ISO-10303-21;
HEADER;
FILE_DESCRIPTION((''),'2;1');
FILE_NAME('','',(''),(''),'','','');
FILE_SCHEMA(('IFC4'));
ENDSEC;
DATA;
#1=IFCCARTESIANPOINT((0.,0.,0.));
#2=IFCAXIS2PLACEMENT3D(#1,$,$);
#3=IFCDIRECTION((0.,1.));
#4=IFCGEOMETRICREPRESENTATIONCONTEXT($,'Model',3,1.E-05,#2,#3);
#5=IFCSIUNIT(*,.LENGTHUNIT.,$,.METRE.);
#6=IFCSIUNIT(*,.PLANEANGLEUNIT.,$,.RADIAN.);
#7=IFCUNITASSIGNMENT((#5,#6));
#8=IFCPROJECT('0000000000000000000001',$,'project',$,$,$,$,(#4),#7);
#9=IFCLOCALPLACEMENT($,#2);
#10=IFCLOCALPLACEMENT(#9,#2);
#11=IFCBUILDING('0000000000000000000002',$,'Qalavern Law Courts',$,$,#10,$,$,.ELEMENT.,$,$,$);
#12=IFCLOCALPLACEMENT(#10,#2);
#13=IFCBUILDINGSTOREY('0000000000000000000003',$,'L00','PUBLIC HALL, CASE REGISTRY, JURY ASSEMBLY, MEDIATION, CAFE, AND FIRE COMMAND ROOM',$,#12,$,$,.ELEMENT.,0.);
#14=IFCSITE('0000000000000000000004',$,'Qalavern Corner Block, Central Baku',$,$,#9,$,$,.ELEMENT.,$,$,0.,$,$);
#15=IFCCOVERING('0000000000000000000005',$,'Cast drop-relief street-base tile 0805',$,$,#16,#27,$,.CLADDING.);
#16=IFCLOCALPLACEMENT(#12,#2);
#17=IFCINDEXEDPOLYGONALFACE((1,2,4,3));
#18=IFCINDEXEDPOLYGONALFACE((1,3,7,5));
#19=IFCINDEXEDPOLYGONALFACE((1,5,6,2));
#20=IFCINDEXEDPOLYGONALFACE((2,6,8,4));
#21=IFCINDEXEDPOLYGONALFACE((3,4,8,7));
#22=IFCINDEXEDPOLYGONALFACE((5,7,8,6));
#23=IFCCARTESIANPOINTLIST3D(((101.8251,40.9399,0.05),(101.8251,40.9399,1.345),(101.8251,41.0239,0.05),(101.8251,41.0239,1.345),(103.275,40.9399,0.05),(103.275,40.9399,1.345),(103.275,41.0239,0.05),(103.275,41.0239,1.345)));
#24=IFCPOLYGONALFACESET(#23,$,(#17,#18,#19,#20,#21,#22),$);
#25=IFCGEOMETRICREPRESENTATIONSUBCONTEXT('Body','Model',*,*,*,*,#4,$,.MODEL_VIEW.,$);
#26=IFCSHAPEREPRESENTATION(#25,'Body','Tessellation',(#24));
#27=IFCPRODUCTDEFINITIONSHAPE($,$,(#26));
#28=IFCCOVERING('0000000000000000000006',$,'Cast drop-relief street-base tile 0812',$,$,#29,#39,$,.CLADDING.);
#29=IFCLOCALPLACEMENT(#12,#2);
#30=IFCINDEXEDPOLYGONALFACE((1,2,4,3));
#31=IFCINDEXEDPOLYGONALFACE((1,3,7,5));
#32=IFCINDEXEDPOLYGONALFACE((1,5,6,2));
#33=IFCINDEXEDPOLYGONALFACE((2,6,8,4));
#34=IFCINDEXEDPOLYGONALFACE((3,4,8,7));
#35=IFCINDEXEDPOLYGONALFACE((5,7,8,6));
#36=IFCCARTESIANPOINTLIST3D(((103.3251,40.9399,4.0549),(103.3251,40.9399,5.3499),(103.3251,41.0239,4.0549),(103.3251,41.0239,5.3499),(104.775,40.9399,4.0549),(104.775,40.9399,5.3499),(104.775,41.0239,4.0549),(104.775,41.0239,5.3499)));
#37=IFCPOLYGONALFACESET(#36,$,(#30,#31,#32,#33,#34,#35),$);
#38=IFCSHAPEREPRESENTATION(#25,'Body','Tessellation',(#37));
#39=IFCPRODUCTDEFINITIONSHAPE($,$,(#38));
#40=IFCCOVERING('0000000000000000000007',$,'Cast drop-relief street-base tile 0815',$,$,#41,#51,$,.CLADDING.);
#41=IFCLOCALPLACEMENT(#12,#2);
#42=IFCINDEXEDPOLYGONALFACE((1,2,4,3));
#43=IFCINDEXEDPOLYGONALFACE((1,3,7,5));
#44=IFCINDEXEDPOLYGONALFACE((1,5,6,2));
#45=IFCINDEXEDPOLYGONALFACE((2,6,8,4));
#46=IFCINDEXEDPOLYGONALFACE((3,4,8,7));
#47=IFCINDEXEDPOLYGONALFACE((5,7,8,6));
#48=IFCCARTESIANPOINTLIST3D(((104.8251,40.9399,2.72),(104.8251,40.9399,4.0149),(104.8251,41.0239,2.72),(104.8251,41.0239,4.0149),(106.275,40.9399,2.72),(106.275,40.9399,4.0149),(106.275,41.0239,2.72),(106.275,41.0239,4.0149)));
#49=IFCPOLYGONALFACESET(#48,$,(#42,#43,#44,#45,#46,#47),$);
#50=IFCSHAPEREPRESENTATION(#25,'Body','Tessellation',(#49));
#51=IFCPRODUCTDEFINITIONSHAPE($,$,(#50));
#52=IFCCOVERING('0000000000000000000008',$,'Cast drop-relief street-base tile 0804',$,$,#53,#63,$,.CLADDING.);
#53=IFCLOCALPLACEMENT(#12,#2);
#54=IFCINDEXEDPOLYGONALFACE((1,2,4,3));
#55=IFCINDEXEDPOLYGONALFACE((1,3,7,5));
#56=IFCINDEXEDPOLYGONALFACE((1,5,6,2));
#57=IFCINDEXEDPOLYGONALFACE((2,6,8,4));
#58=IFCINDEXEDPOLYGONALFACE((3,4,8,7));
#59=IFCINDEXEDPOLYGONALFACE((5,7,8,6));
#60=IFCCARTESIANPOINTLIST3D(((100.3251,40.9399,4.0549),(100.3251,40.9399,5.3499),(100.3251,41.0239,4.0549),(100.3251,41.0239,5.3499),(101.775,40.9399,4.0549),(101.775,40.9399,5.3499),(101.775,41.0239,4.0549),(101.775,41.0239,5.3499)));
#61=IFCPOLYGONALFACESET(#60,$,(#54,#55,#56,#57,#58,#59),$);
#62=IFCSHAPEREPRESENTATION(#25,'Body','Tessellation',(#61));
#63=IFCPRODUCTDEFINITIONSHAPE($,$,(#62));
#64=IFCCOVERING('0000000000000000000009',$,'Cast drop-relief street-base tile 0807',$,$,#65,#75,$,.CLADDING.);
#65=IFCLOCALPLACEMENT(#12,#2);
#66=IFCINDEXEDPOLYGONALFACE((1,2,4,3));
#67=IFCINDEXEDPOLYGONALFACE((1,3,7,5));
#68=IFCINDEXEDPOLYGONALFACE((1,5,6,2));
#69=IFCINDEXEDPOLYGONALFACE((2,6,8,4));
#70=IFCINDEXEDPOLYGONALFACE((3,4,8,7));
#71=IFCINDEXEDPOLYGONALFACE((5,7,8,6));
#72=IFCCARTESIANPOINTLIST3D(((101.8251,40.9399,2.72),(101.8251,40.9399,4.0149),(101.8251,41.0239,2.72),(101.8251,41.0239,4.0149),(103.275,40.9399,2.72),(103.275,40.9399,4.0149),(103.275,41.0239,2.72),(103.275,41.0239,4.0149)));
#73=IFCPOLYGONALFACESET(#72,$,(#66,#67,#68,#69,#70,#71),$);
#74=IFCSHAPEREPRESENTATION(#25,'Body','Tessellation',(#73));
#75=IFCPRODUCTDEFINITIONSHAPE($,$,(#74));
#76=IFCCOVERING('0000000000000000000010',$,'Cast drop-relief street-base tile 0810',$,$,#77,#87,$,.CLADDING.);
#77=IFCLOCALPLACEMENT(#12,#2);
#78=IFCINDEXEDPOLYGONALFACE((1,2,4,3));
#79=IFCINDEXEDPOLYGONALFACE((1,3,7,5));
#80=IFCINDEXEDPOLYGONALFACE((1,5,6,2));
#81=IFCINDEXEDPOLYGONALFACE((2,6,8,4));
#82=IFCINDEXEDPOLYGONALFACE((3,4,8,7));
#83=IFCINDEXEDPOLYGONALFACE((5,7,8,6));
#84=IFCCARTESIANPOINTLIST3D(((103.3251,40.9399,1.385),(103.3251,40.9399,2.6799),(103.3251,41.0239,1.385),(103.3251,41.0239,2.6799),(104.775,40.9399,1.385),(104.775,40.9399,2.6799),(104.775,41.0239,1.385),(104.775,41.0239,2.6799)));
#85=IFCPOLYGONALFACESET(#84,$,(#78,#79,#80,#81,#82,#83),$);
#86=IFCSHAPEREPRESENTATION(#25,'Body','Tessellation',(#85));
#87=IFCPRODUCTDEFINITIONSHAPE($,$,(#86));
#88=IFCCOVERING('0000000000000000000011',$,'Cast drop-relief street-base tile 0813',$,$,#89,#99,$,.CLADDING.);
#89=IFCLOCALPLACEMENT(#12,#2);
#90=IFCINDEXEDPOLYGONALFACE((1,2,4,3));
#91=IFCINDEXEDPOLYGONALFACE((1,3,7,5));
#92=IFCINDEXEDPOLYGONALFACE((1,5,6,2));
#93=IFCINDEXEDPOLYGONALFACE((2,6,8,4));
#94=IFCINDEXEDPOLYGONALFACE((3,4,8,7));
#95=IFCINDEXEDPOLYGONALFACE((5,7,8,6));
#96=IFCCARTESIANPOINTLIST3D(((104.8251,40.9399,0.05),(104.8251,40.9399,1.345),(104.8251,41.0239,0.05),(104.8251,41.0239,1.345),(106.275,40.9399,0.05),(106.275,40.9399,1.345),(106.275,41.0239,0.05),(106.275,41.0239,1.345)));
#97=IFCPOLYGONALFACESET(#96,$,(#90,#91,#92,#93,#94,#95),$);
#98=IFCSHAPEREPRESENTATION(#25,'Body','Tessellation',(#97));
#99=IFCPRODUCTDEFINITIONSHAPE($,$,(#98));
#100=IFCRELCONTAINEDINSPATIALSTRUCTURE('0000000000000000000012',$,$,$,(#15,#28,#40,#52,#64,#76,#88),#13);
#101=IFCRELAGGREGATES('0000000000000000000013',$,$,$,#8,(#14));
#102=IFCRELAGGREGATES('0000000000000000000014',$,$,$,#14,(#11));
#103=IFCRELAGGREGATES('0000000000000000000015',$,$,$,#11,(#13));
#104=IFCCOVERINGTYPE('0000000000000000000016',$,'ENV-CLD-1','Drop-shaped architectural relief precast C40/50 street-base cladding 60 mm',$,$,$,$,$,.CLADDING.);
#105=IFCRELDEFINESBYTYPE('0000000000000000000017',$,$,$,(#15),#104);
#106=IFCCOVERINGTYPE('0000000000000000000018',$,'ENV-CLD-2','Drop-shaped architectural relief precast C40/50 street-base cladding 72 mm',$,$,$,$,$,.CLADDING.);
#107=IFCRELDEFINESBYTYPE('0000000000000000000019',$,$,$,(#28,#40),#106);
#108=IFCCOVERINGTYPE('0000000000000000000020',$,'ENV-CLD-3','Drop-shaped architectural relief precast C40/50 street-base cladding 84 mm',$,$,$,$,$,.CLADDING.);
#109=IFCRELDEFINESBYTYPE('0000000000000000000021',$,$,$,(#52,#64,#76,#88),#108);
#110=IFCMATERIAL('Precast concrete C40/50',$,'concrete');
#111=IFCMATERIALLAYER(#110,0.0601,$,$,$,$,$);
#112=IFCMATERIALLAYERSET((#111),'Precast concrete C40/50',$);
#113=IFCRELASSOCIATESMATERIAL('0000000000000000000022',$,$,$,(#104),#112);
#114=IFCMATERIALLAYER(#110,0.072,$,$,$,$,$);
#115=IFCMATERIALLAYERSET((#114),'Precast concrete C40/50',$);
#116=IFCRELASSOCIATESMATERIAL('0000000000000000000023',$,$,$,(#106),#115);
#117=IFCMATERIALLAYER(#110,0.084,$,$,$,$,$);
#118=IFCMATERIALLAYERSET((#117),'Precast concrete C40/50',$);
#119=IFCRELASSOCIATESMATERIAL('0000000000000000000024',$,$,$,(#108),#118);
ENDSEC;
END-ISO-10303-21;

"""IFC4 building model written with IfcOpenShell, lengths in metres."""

from ifc_helpers import new_model, si_unit, direction, frame, origin, origin_2d, place, context, subcontext, project, spatial, rectangle, extrude, material, layer, layer_set, type_object, element, save


model = new_model("IFC4")

# Units and contexts
model_context = context("Model", 3, precision=1e-05, world=origin(), true_north=direction((0.0, 1.0)))
body_context = subcontext(model_context, "Body", "Model", "MODEL_VIEW")
ifc_project = project(units=[si_unit("LENGTHUNIT", "METRE"), si_unit("PLANEANGLEUNIT", "RADIAN")], contexts=[model_context])

# Site, building, storey
site_placement = place(None, origin())
site = spatial("IfcSite", under=ifc_project, at=site_placement, Name="Qalavern Corner Block, Central Baku", CompositionType="ELEMENT", RefElevation=0.0)
building_placement = place(site_placement, origin())
building = spatial("IfcBuilding", under=site, at=building_placement, Name="Qalavern Law Courts", CompositionType="ELEMENT")
storey_placement = place(building_placement, origin())
storey = spatial("IfcBuildingStorey", under=building, at=storey_placement, Name="L00", Description="PUBLIC HALL, CASE REGISTRY, JURY ASSEMBLY, MEDIATION, CAFE, AND FIRE COMMAND ROOM", CompositionType="ELEMENT", Elevation=0.0)

# Coverings
ifc_material_1 = material(Name="Precast concrete C40/50", Category="concrete")
ifc_layer_1 = layer(ifc_material_1, 0.0601)
ifc_layer_set_1 = layer_set([ifc_layer_1], Name="Precast concrete C40/50")
covering_type_1 = type_object("IfcCoveringType", Name="ENV-CLD-1", Description="Drop-shaped architectural relief precast C40/50 street-base cladding 60 mm", PredefinedType="CLADDING", material=ifc_layer_set_1)
for number, where, z_axis, x_axis, name in (
    (1, (102.55, 40.9819, 0.05), (0.0, 0.0, 1.0), (1.0, 0.0, 0.0), "Cast drop-relief street-base tile 0805"),
):
    element("IfcCovering", number, at=place(storey_placement, frame(where, z_axis=z_axis, x_axis=x_axis)), inside=storey, type_object=covering_type_1, Name=name, PredefinedType="CLADDING", context=body_context, shape_type="SweptSolid", body=[
        extrude(rectangle(XDim=1.45, YDim=0.084, at=origin_2d()), origin(), (0.0, 0.0, 1.0), 1.2949),
    ])
ifc_layer_2 = layer(ifc_material_1, 0.072)
ifc_layer_set_2 = layer_set([ifc_layer_2], Name="Precast concrete C40/50")
covering_type_2 = type_object("IfcCoveringType", Name="ENV-CLD-2", Description="Drop-shaped architectural relief precast C40/50 street-base cladding 72 mm", PredefinedType="CLADDING", material=ifc_layer_set_2)
for number, where, z_axis, x_axis, name in (
    (2, (104.05, 40.9819, 4.0549), (0.0, 0.0, 1.0), (1.0, 0.0, 0.0), "Cast drop-relief street-base tile 0812"),
    (3, (105.55, 40.9819, 2.72), (0.0, 0.0, 1.0), (1.0, 0.0, 0.0), "Cast drop-relief street-base tile 0815"),
):
    element("IfcCovering", number, at=place(storey_placement, frame(where, z_axis=z_axis, x_axis=x_axis)), inside=storey, type_object=covering_type_2, Name=name, PredefinedType="CLADDING", context=body_context, shape_type="SweptSolid", body=[
        extrude(rectangle(XDim=1.45, YDim=0.084, at=origin_2d()), origin(), (0.0, 0.0, 1.0), 1.2949),
    ])
ifc_layer_3 = layer(ifc_material_1, 0.084)
ifc_layer_set_3 = layer_set([ifc_layer_3], Name="Precast concrete C40/50")
covering_type_3 = type_object("IfcCoveringType", Name="ENV-CLD-3", Description="Drop-shaped architectural relief precast C40/50 street-base cladding 84 mm", PredefinedType="CLADDING", material=ifc_layer_set_3)
for number, where, z_axis, x_axis, name in (
    (4, (101.05, 40.9819, 4.0549), (0.0, 0.0, 1.0), (1.0, 0.0, 0.0), "Cast drop-relief street-base tile 0804"),
    (5, (102.55, 40.9819, 2.72), (0.0, 0.0, 1.0), (1.0, 0.0, 0.0), "Cast drop-relief street-base tile 0807"),
    (6, (104.05, 40.9819, 1.385), (0.0, 0.0, 1.0), (1.0, 0.0, 0.0), "Cast drop-relief street-base tile 0810"),
    (7, (105.55, 40.9819, 0.05), (0.0, 0.0, 1.0), (1.0, 0.0, 0.0), "Cast drop-relief street-base tile 0813"),
):
    element("IfcCovering", number, at=place(storey_placement, frame(where, z_axis=z_axis, x_axis=x_axis)), inside=storey, type_object=covering_type_3, Name=name, PredefinedType="CLADDING", context=body_context, shape_type="SweptSolid", body=[
        extrude(rectangle(XDim=1.45, YDim=0.084, at=origin_2d()), origin(), (0.0, 0.0, 1.0), 1.2949),
    ])

save(model, "model.ifc")
